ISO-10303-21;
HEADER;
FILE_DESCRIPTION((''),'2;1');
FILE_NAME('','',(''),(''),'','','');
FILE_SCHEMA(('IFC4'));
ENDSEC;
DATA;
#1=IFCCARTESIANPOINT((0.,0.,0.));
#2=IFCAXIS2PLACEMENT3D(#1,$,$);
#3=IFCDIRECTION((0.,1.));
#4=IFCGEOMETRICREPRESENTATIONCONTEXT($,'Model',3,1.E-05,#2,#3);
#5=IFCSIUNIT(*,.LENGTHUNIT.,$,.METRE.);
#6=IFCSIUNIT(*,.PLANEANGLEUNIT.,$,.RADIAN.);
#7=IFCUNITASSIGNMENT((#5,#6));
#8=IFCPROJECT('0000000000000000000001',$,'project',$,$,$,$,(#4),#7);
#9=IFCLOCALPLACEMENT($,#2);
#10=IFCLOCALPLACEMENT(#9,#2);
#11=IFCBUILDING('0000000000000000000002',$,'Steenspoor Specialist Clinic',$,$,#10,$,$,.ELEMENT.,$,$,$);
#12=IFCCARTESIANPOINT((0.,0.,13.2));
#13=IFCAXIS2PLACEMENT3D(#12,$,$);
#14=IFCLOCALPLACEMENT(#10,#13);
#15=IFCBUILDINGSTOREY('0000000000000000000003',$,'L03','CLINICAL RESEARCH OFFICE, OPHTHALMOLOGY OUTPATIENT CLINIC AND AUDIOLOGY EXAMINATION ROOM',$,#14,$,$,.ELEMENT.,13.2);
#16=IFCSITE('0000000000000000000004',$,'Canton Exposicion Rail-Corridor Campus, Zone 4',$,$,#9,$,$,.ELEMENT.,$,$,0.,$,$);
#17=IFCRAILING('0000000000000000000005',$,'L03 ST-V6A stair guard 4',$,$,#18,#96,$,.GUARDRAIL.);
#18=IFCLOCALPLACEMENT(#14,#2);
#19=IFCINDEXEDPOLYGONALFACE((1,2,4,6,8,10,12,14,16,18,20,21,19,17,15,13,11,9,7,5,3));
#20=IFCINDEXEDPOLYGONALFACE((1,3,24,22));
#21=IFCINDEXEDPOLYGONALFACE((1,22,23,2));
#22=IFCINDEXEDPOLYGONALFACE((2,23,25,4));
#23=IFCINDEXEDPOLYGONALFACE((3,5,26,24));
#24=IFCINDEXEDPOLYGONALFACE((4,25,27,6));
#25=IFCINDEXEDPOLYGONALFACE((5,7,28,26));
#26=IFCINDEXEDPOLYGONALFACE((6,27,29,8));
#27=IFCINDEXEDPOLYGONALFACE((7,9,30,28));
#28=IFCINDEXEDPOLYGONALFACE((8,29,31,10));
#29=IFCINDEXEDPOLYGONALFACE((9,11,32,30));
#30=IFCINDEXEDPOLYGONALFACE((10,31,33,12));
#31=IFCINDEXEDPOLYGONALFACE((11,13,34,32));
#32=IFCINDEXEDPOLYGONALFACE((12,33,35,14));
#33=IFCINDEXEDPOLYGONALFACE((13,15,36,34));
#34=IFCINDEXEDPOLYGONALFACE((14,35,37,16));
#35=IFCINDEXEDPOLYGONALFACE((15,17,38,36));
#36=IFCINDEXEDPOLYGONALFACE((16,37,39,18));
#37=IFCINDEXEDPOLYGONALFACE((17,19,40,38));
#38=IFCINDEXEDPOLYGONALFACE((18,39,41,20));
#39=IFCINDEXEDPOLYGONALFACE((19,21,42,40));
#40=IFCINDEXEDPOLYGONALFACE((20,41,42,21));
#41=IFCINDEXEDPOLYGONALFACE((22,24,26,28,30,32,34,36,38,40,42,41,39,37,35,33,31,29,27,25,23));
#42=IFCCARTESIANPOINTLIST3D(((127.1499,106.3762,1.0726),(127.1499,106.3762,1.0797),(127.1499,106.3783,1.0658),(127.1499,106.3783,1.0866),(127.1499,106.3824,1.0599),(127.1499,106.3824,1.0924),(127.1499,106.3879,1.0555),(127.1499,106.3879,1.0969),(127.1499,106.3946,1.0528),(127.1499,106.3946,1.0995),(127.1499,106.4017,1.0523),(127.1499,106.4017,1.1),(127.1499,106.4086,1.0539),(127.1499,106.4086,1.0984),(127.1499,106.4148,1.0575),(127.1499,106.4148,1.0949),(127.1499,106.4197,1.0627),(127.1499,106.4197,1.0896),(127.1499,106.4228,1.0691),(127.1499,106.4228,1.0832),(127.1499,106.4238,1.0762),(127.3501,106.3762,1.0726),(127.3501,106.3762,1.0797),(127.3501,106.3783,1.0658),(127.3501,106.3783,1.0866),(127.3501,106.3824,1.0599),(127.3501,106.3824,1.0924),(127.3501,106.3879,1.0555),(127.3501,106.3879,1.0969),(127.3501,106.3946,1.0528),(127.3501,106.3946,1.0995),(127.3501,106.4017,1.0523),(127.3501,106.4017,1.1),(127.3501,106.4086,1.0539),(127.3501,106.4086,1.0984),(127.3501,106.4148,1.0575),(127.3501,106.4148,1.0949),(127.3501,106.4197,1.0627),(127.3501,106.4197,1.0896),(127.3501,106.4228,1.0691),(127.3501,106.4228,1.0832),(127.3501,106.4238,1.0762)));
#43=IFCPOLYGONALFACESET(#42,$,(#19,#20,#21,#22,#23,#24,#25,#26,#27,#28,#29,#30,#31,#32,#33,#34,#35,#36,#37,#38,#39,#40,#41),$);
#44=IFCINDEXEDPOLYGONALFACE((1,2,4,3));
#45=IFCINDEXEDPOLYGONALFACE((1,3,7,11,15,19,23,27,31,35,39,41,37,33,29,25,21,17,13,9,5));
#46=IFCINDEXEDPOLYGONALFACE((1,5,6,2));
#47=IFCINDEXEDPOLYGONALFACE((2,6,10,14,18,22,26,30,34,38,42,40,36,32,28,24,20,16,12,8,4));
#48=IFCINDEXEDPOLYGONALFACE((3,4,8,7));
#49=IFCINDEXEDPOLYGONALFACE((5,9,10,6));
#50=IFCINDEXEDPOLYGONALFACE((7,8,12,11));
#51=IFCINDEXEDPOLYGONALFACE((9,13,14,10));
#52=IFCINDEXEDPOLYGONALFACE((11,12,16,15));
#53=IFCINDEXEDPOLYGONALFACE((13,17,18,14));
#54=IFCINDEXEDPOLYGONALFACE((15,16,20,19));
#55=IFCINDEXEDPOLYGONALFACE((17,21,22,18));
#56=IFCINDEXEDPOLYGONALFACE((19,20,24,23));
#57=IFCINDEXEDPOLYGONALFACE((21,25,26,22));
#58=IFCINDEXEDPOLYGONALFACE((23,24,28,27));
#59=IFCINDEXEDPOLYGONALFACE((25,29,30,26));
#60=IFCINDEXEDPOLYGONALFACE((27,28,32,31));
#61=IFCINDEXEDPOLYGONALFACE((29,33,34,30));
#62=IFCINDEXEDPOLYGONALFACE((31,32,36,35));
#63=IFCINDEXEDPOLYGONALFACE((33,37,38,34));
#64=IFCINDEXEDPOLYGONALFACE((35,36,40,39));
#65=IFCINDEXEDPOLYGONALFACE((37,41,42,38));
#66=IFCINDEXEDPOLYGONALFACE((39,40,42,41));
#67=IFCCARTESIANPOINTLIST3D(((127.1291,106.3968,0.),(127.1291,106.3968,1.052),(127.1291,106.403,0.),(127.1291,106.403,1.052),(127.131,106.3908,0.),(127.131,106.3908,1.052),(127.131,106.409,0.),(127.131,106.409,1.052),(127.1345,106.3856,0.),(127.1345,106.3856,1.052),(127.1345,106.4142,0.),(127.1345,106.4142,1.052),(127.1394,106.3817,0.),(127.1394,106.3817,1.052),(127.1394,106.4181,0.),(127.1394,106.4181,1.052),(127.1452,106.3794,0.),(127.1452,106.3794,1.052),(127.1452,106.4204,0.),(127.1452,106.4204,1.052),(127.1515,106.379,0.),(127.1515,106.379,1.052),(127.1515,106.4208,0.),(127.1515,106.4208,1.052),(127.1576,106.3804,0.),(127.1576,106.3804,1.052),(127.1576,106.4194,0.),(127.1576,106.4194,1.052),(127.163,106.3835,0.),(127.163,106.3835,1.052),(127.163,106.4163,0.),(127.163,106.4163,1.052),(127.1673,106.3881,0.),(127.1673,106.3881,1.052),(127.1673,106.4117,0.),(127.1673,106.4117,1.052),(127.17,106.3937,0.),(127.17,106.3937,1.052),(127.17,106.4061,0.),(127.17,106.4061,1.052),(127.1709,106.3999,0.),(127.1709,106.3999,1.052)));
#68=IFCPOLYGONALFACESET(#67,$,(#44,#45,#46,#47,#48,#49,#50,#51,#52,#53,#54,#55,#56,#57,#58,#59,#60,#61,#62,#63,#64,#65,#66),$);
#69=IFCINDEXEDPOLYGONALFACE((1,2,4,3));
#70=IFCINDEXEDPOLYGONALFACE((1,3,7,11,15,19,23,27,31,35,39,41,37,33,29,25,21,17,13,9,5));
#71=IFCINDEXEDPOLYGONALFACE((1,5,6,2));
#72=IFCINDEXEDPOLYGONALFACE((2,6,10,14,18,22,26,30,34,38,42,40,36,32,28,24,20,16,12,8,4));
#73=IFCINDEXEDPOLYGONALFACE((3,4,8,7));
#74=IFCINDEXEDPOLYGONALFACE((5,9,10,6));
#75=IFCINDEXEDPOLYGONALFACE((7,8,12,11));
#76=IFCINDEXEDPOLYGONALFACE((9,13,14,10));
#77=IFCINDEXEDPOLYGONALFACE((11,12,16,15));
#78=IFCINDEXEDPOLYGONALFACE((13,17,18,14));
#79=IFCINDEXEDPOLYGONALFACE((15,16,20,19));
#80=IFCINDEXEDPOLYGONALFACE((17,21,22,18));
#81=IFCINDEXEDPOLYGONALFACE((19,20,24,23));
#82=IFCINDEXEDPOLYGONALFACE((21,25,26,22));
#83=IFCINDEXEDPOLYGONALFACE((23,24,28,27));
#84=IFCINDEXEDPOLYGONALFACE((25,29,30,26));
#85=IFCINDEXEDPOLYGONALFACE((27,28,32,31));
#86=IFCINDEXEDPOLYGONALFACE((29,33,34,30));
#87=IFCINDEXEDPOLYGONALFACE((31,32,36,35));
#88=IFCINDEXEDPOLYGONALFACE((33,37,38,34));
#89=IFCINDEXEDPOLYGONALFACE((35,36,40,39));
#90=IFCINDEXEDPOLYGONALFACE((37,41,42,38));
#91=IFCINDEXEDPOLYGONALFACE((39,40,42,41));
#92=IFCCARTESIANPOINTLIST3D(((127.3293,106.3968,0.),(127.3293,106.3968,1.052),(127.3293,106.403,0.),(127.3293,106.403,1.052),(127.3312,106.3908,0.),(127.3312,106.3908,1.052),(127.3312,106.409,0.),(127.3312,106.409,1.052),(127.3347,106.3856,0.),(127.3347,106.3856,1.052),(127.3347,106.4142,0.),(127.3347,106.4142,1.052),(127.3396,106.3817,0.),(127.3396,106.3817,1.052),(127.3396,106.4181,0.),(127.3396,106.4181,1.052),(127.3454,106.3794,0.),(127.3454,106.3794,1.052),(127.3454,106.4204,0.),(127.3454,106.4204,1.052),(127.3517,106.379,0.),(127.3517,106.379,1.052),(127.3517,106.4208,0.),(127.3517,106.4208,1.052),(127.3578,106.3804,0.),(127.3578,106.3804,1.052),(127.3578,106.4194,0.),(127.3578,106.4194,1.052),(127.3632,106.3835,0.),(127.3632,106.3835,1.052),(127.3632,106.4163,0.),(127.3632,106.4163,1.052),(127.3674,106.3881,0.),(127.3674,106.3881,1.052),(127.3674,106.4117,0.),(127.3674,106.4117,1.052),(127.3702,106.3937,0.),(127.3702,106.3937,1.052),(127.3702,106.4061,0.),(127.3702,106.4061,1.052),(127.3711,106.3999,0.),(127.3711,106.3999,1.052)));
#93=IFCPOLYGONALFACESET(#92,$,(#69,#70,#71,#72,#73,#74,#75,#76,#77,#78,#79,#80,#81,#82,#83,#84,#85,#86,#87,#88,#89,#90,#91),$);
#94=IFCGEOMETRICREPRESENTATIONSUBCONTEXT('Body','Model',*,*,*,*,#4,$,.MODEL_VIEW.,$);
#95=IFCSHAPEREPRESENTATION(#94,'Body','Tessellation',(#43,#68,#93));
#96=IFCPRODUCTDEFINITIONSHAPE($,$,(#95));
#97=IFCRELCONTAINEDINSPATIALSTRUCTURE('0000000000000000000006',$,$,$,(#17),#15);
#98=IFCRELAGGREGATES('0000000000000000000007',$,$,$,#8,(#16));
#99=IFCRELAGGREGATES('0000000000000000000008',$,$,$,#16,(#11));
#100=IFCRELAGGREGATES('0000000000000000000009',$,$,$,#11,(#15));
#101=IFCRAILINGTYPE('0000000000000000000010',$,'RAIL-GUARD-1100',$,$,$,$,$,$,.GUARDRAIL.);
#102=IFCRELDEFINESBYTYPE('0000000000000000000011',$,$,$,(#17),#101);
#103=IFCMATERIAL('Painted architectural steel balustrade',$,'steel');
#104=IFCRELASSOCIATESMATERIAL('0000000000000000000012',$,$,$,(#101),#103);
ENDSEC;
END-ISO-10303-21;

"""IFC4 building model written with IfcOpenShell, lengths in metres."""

from ifc_helpers import new_model, si_unit, direction, frame, origin, origin_2d, place, context, subcontext, project, spatial, circle, extrude, material, type_object, element, save


model = new_model("IFC4")

# Units and contexts
model_context = context("Model", 3, precision=1e-05, world=origin(), true_north=direction((0.0, 1.0)))
body_context = subcontext(model_context, "Body", "Model", "MODEL_VIEW")
ifc_project = project(units=[si_unit("LENGTHUNIT", "METRE"), si_unit("PLANEANGLEUNIT", "RADIAN")], contexts=[model_context])

# Site, building, storey
site_placement = place(None, origin())
site = spatial("IfcSite", under=ifc_project, at=site_placement, Name="Canton Exposicion Rail-Corridor Campus, Zone 4", CompositionType="ELEMENT", RefElevation=0.0)
building_placement = place(site_placement, origin())
building = spatial("IfcBuilding", under=site, at=building_placement, Name="Steenspoor Specialist Clinic", CompositionType="ELEMENT")
storey_placement = place(building_placement, frame((0.0, 0.0, 13.2)))
storey = spatial("IfcBuildingStorey", under=building, at=storey_placement, Name="L03", Description="CLINICAL RESEARCH OFFICE, OPHTHALMOLOGY OUTPATIENT CLINIC AND AUDIOLOGY EXAMINATION ROOM", CompositionType="ELEMENT", Elevation=13.2)

# Railing
ifc_material_1 = material(Name="Painted architectural steel balustrade", Category="steel")
railing_type_1 = type_object("IfcRailingType", Name="RAIL-GUARD-1100", PredefinedType="GUARDRAIL", material=ifc_material_1)
railing_1_placement = place(storey_placement, frame((127.1499, 106.3999, 0.0)))
element("IfcRailing", 1, at=railing_1_placement, inside=storey, type_object=railing_type_1, Name="L03 ST-V6A stair guard 4", PredefinedType="GUARDRAIL", context=body_context, shape_type="SweptSolid", body=[
    extrude(circle(Radius=0.0239, at=origin_2d()), frame((0.0, 0.0, 1.0762), z_axis=(1.0, 0.0, 0.0), x_axis=(0.0, 1.0, 0.0)), (0.0, 0.0, 1.0), 0.2002),
    extrude(circle(Radius=0.021, at=origin_2d()), origin(), (0.0, 0.0, 1.0), 1.052),
    extrude(circle(Radius=0.021, at=origin_2d()), frame((0.2002, 0.0, 0.0)), (0.0, 0.0, 1.0), 1.052),
])

save(model, "model.ifc")
